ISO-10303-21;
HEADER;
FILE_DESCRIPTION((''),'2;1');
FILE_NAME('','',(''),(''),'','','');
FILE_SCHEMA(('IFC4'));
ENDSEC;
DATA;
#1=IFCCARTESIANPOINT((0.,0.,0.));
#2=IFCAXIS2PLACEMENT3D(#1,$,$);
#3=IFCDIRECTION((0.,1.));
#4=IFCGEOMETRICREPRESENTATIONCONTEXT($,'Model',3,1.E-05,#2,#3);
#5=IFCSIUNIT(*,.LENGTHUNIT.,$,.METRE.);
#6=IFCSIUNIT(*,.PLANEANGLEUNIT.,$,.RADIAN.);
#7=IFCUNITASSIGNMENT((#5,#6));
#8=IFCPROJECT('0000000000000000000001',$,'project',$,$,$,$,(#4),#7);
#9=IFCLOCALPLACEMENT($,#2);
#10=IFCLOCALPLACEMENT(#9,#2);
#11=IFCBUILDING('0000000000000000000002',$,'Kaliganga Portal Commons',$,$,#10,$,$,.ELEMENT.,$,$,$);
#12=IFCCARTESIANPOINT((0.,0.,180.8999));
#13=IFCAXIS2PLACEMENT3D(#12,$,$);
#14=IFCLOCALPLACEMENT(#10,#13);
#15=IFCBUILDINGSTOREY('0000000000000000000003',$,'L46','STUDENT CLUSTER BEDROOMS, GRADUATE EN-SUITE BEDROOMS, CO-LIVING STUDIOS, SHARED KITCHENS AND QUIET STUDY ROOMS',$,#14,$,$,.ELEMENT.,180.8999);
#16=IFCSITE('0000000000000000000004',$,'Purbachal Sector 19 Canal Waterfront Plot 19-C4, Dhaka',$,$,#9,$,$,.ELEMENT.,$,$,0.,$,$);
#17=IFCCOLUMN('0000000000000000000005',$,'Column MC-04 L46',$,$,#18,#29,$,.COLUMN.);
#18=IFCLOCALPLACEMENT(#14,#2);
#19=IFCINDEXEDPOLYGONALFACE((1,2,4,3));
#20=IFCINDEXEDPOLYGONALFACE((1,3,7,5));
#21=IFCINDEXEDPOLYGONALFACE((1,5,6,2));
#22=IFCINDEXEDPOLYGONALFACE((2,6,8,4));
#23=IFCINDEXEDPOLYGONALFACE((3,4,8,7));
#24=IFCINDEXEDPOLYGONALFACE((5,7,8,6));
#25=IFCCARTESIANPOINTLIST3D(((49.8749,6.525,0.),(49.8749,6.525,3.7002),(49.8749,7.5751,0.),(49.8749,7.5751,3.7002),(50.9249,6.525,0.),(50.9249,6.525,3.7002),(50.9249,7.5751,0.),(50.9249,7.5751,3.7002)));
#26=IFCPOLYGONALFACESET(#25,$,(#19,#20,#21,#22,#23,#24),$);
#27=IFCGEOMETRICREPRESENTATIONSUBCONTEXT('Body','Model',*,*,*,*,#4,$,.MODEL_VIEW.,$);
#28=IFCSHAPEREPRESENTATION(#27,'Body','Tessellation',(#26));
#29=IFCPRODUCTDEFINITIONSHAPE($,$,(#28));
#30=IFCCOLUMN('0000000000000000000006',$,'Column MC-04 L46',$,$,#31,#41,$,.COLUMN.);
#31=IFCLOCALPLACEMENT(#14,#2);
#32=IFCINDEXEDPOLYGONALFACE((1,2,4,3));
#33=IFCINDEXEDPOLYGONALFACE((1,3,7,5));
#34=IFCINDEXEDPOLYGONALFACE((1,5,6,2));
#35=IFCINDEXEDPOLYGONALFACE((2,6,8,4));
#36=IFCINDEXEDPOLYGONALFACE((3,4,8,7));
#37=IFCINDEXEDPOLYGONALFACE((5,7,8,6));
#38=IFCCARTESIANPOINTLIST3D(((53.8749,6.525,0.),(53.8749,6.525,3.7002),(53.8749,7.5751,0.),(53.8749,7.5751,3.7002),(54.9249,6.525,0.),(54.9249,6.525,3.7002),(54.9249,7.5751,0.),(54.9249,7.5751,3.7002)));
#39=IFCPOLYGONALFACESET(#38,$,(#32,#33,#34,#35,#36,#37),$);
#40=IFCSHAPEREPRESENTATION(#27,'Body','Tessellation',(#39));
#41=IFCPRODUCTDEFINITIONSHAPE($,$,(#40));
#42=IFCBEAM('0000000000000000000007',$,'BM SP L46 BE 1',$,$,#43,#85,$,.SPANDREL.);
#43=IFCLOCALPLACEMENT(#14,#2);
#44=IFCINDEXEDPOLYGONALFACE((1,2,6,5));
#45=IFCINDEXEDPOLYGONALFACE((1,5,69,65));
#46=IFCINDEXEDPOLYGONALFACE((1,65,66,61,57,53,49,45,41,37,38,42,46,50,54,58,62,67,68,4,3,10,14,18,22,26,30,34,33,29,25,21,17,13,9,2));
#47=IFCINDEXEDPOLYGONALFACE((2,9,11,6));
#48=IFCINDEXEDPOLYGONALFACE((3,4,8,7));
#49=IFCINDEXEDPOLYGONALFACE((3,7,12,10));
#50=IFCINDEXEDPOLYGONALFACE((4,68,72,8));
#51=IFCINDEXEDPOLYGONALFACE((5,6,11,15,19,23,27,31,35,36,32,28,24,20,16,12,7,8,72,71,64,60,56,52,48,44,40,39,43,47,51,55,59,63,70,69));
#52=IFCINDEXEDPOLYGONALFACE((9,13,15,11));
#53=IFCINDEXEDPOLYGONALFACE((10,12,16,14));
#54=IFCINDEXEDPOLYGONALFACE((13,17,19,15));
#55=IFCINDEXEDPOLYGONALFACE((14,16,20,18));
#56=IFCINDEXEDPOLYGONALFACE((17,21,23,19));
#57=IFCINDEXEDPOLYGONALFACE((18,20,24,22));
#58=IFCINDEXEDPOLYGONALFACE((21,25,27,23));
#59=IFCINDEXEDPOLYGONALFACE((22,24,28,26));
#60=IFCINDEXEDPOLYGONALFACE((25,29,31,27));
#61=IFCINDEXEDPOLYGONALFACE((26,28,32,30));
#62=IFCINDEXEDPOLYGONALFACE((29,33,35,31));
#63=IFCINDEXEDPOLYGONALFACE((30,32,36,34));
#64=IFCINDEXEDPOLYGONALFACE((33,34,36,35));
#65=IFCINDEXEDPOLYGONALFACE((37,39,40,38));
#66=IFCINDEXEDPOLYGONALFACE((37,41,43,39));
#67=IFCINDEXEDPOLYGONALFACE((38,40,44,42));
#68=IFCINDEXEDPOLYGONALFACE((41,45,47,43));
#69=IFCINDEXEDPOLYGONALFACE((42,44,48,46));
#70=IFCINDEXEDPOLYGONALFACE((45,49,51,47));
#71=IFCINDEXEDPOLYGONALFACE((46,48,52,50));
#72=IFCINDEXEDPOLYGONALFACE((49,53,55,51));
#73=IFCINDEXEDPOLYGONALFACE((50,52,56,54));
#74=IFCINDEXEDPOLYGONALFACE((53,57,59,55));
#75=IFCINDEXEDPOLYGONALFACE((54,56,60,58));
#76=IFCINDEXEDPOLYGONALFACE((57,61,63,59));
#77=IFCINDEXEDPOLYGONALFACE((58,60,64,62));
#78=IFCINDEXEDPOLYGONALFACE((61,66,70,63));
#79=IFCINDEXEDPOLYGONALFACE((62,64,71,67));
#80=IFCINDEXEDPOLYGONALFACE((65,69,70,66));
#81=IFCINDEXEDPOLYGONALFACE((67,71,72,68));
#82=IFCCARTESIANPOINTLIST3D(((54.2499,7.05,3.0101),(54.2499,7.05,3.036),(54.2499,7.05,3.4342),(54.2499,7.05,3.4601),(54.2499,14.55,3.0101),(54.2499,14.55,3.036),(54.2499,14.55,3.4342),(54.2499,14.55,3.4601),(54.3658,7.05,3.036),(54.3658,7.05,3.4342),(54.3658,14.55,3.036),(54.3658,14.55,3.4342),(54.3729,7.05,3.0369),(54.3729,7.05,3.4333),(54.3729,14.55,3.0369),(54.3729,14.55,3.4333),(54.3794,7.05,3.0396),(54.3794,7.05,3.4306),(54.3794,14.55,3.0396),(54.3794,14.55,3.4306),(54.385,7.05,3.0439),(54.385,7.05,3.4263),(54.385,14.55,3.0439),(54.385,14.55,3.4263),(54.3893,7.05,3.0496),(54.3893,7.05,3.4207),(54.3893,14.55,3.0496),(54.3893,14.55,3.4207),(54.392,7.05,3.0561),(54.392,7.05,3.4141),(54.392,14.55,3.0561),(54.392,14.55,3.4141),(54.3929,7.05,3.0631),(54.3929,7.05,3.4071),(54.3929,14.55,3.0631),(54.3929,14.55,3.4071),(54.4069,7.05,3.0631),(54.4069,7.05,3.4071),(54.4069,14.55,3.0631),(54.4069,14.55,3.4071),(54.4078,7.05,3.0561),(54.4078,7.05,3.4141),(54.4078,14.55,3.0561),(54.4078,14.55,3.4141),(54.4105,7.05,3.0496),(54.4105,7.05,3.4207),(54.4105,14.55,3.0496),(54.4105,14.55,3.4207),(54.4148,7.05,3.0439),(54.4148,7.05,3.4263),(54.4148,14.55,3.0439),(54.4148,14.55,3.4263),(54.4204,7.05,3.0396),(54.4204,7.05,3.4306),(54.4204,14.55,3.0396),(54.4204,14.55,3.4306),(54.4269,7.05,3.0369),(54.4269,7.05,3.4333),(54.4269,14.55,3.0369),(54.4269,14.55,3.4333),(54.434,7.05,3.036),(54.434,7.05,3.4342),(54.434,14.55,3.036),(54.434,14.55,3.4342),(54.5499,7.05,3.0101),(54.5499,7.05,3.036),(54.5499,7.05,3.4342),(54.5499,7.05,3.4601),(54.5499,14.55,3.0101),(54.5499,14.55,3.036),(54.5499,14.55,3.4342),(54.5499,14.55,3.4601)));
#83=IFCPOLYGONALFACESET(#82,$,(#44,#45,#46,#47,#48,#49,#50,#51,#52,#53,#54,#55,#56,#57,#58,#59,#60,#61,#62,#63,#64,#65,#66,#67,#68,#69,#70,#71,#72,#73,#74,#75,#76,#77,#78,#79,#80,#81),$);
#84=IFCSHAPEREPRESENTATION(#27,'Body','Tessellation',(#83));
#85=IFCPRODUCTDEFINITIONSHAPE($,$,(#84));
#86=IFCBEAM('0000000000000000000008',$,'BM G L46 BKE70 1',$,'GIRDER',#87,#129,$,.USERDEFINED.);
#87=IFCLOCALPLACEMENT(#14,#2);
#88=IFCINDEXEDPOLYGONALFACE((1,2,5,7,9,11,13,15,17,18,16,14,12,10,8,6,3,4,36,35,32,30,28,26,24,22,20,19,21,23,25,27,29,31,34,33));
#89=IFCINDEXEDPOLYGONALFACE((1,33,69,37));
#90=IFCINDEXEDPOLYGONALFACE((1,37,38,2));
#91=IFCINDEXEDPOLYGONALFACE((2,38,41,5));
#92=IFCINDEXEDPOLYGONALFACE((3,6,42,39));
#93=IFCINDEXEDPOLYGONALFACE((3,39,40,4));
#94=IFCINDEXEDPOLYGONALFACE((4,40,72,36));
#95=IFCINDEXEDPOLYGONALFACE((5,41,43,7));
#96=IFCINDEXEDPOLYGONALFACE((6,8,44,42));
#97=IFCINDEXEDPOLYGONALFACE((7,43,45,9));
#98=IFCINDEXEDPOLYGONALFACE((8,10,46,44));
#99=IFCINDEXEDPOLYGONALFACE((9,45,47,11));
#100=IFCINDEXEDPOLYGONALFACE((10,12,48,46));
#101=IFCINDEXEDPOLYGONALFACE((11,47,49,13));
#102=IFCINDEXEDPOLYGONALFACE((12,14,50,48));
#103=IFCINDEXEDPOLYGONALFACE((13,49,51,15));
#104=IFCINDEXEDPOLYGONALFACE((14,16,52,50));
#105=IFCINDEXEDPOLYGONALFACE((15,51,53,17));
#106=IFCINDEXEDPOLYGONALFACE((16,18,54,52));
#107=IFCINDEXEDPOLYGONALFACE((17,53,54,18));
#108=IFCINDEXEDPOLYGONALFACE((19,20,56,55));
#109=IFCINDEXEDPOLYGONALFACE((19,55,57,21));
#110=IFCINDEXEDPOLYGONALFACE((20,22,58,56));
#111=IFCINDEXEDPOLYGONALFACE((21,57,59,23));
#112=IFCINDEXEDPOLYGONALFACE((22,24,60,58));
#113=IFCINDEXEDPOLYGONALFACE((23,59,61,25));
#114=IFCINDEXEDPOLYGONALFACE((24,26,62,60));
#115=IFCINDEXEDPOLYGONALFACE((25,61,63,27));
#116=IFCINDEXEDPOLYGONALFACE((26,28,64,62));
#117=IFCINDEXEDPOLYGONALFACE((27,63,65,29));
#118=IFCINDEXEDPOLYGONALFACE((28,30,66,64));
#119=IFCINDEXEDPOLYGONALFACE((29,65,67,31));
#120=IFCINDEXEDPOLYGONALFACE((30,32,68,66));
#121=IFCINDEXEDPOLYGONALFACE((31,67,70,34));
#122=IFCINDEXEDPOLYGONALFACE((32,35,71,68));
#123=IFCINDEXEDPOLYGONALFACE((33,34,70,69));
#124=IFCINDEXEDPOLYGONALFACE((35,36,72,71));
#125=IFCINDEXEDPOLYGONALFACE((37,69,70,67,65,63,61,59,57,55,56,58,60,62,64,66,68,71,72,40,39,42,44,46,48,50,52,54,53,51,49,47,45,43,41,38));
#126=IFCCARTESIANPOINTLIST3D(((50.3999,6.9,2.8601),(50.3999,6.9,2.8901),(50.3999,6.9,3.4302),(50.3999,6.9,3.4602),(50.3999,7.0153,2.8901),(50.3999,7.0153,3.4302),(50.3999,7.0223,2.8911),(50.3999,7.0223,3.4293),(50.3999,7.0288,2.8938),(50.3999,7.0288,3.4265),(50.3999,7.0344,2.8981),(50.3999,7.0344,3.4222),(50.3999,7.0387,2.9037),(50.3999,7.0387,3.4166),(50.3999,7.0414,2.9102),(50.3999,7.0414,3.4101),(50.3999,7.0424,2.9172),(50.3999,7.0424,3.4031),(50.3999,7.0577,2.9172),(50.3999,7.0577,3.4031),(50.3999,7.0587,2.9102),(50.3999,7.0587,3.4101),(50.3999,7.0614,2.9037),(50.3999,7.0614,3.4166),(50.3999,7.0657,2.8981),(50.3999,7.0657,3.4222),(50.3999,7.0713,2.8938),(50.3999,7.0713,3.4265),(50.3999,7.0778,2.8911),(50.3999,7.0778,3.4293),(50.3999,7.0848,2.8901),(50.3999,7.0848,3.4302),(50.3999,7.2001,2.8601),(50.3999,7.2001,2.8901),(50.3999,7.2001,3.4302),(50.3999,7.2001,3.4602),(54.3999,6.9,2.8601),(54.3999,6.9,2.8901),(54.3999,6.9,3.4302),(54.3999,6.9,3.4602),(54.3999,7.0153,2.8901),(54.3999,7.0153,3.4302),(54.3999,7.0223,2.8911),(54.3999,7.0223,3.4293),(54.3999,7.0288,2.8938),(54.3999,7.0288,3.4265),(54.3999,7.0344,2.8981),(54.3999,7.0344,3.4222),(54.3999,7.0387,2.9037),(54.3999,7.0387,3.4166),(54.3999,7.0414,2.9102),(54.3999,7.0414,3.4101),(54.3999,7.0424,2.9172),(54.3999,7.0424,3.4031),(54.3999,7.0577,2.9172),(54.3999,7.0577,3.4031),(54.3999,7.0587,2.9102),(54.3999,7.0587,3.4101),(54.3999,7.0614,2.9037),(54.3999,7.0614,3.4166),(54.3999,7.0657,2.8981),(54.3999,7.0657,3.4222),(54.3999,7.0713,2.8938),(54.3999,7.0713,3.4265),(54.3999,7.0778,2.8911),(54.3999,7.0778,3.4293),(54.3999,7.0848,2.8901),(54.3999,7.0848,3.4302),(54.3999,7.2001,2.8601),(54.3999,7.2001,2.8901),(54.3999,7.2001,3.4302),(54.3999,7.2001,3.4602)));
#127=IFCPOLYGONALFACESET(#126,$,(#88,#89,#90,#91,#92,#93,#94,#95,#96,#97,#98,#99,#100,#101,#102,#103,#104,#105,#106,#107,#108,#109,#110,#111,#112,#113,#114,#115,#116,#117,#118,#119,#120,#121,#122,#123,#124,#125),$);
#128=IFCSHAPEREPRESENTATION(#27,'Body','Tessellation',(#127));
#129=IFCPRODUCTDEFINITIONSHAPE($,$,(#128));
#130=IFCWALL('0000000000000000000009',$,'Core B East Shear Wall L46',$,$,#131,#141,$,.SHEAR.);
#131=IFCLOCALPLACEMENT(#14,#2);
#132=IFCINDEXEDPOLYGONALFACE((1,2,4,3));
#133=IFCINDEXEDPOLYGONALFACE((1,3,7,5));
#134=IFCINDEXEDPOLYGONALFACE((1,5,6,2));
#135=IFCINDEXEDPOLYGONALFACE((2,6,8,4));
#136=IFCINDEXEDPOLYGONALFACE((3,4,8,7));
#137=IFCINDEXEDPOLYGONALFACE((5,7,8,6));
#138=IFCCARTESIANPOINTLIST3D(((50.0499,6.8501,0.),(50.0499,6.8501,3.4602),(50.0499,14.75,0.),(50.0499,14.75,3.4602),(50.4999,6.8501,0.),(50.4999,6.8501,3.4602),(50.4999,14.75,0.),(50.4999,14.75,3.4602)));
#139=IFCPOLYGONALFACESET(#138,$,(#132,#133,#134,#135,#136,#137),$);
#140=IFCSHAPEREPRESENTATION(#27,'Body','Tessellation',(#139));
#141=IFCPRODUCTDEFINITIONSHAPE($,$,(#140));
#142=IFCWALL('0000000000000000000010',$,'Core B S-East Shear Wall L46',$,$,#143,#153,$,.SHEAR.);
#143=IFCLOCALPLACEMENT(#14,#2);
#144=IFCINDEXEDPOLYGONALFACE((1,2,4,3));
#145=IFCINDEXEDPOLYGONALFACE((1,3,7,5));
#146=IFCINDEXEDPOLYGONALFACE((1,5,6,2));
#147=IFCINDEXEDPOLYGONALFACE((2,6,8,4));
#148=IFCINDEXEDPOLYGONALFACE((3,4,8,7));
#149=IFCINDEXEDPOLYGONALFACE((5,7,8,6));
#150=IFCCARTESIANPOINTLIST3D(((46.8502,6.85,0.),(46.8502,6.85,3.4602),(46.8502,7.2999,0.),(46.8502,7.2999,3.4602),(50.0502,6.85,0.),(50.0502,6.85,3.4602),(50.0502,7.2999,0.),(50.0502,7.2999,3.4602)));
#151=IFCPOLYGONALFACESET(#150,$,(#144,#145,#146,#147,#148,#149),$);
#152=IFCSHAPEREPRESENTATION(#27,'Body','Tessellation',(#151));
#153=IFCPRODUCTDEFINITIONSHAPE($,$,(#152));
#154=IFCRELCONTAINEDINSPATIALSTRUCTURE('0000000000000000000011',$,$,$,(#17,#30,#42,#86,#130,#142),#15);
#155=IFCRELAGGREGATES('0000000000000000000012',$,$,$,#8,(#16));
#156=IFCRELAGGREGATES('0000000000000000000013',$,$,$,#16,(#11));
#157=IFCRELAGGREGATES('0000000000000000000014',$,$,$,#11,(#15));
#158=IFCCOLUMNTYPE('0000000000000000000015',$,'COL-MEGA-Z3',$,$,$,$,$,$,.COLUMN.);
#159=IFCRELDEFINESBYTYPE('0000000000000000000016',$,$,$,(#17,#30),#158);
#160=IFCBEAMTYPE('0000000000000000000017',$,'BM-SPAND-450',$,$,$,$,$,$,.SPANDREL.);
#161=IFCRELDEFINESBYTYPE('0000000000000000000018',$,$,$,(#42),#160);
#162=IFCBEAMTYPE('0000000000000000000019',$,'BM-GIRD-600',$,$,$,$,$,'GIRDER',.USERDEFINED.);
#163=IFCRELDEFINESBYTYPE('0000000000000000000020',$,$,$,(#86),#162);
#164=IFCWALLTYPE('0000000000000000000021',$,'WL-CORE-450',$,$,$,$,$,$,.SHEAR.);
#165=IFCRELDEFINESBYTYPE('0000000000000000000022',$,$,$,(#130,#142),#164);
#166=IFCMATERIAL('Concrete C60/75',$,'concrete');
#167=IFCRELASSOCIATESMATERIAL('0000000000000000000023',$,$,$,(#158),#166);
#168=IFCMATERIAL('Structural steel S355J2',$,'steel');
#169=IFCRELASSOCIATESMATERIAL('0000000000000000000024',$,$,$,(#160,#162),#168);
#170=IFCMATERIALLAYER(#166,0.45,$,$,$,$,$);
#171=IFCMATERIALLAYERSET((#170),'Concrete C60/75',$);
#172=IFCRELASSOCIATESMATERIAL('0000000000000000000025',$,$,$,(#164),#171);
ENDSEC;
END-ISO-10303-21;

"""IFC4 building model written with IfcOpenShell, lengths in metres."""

from ifc_helpers import new_model, si_unit, direction, frame, frame_2d, origin, origin_2d, place, context, subcontext, project, spatial, rectangle, i_section, extrude, source, transform, mapped, material, layer, layer_set, material_profile, profile_set, type_object, element, save


model = new_model("IFC4")

# Units and contexts
model_context = context("Model", 3, precision=1e-05, world=origin(), true_north=direction((0.0, 1.0)))
body_context = subcontext(model_context, "Body", "Model", "MODEL_VIEW")
ifc_project = project(units=[si_unit("LENGTHUNIT", "METRE"), si_unit("PLANEANGLEUNIT", "RADIAN")], contexts=[model_context])

# Site, building, storey
site_placement = place(None, origin())
site = spatial("IfcSite", under=ifc_project, at=site_placement, Name="Purbachal Sector 19 Canal Waterfront Plot 19-C4, Dhaka", CompositionType="ELEMENT", RefElevation=0.0)
building_placement = place(site_placement, origin())
building = spatial("IfcBuilding", under=site, at=building_placement, Name="Kaliganga Portal Commons", CompositionType="ELEMENT")
storey_placement = place(building_placement, frame((0.0, 0.0, 180.8999)))
storey = spatial("IfcBuildingStorey", under=building, at=storey_placement, Name="L46", Description="STUDENT CLUSTER BEDROOMS, GRADUATE EN-SUITE BEDROOMS, CO-LIVING STUDIOS, SHARED KITCHENS AND QUIET STUDY ROOMS", CompositionType="ELEMENT", Elevation=180.8999)

# Columns
ifc_material_1 = material(Name="Concrete C60/75", Category="concrete")
ifc_material_profile_1 = material_profile(ifc_material_1, rectangle(XDim=1.05, YDim=1.05, at=origin_2d()), Name="RC 1050x1050")
ifc_profile_set_1 = profile_set([ifc_material_profile_1], Name="Concrete C60/75")
column_type = type_object("IfcColumnType", Name="COL-MEGA-Z3", PredefinedType="COLUMN", material=ifc_profile_set_1)
shared_shape_1 = source(origin(), body_context, "Body", "SweptSolid", [
    extrude(rectangle(XDim=1.05, YDim=1.05, at=origin_2d()), origin(), (0.0, 0.0, 1.0), 3.7002),
])
for number, where, z_axis, x_axis, name in (
    (1, (50.3999, 7.05, 0.0), (0.0, 0.0, 1.0), (1.0, 0.0, 0.0), "Column MC-04 L46"),
    (2, (54.3999, 7.05, 0.0), (0.0, 0.0, 1.0), (1.0, 0.0, 0.0), "Column MC-04 L46"),
):
    element("IfcColumn", number, at=place(storey_placement, frame(where, z_axis=z_axis, x_axis=x_axis)), inside=storey, type_object=column_type, Name=name, PredefinedType="COLUMN", context=body_context, shape_type="MappedRepresentation", body=[
        mapped(shared_shape_1, transform((0.0, 0.0, 0.0), x_axis=(1.0, 0.0, 0.0), y_axis=(0.0, 1.0, 0.0), z_axis=(0.0, 0.0, 1.0), scale=1.0)),
    ])

# Beams
ifc_material_2 = material(Name="Structural steel S355J2", Category="steel")
ifc_material_profile_2 = material_profile(ifc_material_2, i_section(OverallWidth=0.3, OverallDepth=0.45, WebThickness=0.0139, FlangeThickness=0.0259, FilletRadius=0.0271, at=origin_2d()), Name="HE 450 B")
ifc_profile_set_2 = profile_set([ifc_material_profile_2], Name="Structural steel S355J2 wide-flange")
beam_type_1 = type_object("IfcBeamType", Name="BM-SPAND-450", PredefinedType="SPANDREL", material=ifc_profile_set_2)
shared_shape_2 = source(origin(), body_context, "Body", "SweptSolid", [
    extrude(i_section(OverallWidth=0.3, OverallDepth=0.45, WebThickness=0.0139, FlangeThickness=0.0259, FilletRadius=0.0271, at=origin_2d()), origin(), (0.0, 0.0, 1.0), 7.5),
])
beam_1_placement = place(storey_placement, frame((54.3999, 7.05, 3.2351), z_axis=(0.0, 1.0, 0.0), x_axis=(-1.0, 0.0, 0.0)))
element("IfcBeam", 3, at=beam_1_placement, inside=storey, type_object=beam_type_1, Name="BM SP L46 BE 1", PredefinedType="SPANDREL", context=body_context, shape_type="MappedRepresentation", body=[
    mapped(shared_shape_2, transform((0.0, 0.0, 0.0), x_axis=(1.0, 0.0, 0.0), y_axis=(0.0, 1.0, 0.0), z_axis=(0.0, 0.0, 1.0), scale=1.0)),
])
ifc_material_profile_3 = material_profile(ifc_material_2, i_section(OverallWidth=0.3, OverallDepth=0.6001, WebThickness=0.0154, FlangeThickness=0.03, FilletRadius=0.0271, at=origin_2d()), Name="HE 600 B")
ifc_profile_set_3 = profile_set([ifc_material_profile_3], Name="Structural steel S355J2 wide-flange")
beam_type_2 = type_object("IfcBeamType", Name="BM-GIRD-600", ElementType="GIRDER", PredefinedType="USERDEFINED", material=ifc_profile_set_3)
shared_shape_3 = source(origin(), body_context, "Body", "SweptSolid", [
    extrude(i_section(OverallWidth=0.3, OverallDepth=0.6001, WebThickness=0.0154, FlangeThickness=0.03, FilletRadius=0.0271, at=origin_2d()), origin(), (0.0, 0.0, 1.0), 4.0),
])
beam_2_placement = place(storey_placement, frame((50.3999, 7.05, 3.1602), z_axis=(1.0, 0.0, 0.0), x_axis=(0.0, 1.0, 0.0)))
element("IfcBeam", 4, at=beam_2_placement, inside=storey, type_object=beam_type_2, Name="BM G L46 BKE70 1", ObjectType="GIRDER", PredefinedType="USERDEFINED", context=body_context, shape_type="MappedRepresentation", body=[
    mapped(shared_shape_3, transform((0.0, 0.0, 0.0), x_axis=(1.0, 0.0, 0.0), y_axis=(0.0, 1.0, 0.0), z_axis=(0.0, 0.0, 1.0), scale=1.0)),
])

# Walls
ifc_layer_1 = layer(ifc_material_1, 0.45)
ifc_layer_set_1 = layer_set([ifc_layer_1], Name="Concrete C60/75")
wall_type_1 = type_object("IfcWallType", Name="WL-CORE-450", PredefinedType="SHEAR", material=ifc_layer_set_1)
wall_1_placement = place(storey_placement, frame((50.2749, 6.8501, 0.0), z_axis=(0.0, 0.0, 1.0), x_axis=(0.0, 1.0, 0.0)))
element("IfcWall", 5, at=wall_1_placement, inside=storey, type_object=wall_type_1, Name="Core B East Shear Wall L46", PredefinedType="SHEAR", context=body_context, shape_type="SweptSolid", body=[
    extrude(rectangle(XDim=7.8999, YDim=0.45, at=frame_2d((3.95, 0.0))), origin(), (0.0, 0.0, 1.0), 3.4602),
])
wall_2_placement = place(storey_placement, frame((46.8501, 7.075, 0.0), z_axis=(0.0, 0.0, 1.0), x_axis=(1.0, 0.0, 0.0)))
element("IfcWall", 6, at=wall_2_placement, inside=storey, type_object=wall_type_1, Name="Core B S-East Shear Wall L46", PredefinedType="SHEAR", context=body_context, shape_type="SweptSolid", body=[
    extrude(rectangle(XDim=3.2, YDim=0.45, at=frame_2d((1.6001, 0.0))), origin(), (0.0, 0.0, 1.0), 3.4602),
])

save(model, "model.ifc")
